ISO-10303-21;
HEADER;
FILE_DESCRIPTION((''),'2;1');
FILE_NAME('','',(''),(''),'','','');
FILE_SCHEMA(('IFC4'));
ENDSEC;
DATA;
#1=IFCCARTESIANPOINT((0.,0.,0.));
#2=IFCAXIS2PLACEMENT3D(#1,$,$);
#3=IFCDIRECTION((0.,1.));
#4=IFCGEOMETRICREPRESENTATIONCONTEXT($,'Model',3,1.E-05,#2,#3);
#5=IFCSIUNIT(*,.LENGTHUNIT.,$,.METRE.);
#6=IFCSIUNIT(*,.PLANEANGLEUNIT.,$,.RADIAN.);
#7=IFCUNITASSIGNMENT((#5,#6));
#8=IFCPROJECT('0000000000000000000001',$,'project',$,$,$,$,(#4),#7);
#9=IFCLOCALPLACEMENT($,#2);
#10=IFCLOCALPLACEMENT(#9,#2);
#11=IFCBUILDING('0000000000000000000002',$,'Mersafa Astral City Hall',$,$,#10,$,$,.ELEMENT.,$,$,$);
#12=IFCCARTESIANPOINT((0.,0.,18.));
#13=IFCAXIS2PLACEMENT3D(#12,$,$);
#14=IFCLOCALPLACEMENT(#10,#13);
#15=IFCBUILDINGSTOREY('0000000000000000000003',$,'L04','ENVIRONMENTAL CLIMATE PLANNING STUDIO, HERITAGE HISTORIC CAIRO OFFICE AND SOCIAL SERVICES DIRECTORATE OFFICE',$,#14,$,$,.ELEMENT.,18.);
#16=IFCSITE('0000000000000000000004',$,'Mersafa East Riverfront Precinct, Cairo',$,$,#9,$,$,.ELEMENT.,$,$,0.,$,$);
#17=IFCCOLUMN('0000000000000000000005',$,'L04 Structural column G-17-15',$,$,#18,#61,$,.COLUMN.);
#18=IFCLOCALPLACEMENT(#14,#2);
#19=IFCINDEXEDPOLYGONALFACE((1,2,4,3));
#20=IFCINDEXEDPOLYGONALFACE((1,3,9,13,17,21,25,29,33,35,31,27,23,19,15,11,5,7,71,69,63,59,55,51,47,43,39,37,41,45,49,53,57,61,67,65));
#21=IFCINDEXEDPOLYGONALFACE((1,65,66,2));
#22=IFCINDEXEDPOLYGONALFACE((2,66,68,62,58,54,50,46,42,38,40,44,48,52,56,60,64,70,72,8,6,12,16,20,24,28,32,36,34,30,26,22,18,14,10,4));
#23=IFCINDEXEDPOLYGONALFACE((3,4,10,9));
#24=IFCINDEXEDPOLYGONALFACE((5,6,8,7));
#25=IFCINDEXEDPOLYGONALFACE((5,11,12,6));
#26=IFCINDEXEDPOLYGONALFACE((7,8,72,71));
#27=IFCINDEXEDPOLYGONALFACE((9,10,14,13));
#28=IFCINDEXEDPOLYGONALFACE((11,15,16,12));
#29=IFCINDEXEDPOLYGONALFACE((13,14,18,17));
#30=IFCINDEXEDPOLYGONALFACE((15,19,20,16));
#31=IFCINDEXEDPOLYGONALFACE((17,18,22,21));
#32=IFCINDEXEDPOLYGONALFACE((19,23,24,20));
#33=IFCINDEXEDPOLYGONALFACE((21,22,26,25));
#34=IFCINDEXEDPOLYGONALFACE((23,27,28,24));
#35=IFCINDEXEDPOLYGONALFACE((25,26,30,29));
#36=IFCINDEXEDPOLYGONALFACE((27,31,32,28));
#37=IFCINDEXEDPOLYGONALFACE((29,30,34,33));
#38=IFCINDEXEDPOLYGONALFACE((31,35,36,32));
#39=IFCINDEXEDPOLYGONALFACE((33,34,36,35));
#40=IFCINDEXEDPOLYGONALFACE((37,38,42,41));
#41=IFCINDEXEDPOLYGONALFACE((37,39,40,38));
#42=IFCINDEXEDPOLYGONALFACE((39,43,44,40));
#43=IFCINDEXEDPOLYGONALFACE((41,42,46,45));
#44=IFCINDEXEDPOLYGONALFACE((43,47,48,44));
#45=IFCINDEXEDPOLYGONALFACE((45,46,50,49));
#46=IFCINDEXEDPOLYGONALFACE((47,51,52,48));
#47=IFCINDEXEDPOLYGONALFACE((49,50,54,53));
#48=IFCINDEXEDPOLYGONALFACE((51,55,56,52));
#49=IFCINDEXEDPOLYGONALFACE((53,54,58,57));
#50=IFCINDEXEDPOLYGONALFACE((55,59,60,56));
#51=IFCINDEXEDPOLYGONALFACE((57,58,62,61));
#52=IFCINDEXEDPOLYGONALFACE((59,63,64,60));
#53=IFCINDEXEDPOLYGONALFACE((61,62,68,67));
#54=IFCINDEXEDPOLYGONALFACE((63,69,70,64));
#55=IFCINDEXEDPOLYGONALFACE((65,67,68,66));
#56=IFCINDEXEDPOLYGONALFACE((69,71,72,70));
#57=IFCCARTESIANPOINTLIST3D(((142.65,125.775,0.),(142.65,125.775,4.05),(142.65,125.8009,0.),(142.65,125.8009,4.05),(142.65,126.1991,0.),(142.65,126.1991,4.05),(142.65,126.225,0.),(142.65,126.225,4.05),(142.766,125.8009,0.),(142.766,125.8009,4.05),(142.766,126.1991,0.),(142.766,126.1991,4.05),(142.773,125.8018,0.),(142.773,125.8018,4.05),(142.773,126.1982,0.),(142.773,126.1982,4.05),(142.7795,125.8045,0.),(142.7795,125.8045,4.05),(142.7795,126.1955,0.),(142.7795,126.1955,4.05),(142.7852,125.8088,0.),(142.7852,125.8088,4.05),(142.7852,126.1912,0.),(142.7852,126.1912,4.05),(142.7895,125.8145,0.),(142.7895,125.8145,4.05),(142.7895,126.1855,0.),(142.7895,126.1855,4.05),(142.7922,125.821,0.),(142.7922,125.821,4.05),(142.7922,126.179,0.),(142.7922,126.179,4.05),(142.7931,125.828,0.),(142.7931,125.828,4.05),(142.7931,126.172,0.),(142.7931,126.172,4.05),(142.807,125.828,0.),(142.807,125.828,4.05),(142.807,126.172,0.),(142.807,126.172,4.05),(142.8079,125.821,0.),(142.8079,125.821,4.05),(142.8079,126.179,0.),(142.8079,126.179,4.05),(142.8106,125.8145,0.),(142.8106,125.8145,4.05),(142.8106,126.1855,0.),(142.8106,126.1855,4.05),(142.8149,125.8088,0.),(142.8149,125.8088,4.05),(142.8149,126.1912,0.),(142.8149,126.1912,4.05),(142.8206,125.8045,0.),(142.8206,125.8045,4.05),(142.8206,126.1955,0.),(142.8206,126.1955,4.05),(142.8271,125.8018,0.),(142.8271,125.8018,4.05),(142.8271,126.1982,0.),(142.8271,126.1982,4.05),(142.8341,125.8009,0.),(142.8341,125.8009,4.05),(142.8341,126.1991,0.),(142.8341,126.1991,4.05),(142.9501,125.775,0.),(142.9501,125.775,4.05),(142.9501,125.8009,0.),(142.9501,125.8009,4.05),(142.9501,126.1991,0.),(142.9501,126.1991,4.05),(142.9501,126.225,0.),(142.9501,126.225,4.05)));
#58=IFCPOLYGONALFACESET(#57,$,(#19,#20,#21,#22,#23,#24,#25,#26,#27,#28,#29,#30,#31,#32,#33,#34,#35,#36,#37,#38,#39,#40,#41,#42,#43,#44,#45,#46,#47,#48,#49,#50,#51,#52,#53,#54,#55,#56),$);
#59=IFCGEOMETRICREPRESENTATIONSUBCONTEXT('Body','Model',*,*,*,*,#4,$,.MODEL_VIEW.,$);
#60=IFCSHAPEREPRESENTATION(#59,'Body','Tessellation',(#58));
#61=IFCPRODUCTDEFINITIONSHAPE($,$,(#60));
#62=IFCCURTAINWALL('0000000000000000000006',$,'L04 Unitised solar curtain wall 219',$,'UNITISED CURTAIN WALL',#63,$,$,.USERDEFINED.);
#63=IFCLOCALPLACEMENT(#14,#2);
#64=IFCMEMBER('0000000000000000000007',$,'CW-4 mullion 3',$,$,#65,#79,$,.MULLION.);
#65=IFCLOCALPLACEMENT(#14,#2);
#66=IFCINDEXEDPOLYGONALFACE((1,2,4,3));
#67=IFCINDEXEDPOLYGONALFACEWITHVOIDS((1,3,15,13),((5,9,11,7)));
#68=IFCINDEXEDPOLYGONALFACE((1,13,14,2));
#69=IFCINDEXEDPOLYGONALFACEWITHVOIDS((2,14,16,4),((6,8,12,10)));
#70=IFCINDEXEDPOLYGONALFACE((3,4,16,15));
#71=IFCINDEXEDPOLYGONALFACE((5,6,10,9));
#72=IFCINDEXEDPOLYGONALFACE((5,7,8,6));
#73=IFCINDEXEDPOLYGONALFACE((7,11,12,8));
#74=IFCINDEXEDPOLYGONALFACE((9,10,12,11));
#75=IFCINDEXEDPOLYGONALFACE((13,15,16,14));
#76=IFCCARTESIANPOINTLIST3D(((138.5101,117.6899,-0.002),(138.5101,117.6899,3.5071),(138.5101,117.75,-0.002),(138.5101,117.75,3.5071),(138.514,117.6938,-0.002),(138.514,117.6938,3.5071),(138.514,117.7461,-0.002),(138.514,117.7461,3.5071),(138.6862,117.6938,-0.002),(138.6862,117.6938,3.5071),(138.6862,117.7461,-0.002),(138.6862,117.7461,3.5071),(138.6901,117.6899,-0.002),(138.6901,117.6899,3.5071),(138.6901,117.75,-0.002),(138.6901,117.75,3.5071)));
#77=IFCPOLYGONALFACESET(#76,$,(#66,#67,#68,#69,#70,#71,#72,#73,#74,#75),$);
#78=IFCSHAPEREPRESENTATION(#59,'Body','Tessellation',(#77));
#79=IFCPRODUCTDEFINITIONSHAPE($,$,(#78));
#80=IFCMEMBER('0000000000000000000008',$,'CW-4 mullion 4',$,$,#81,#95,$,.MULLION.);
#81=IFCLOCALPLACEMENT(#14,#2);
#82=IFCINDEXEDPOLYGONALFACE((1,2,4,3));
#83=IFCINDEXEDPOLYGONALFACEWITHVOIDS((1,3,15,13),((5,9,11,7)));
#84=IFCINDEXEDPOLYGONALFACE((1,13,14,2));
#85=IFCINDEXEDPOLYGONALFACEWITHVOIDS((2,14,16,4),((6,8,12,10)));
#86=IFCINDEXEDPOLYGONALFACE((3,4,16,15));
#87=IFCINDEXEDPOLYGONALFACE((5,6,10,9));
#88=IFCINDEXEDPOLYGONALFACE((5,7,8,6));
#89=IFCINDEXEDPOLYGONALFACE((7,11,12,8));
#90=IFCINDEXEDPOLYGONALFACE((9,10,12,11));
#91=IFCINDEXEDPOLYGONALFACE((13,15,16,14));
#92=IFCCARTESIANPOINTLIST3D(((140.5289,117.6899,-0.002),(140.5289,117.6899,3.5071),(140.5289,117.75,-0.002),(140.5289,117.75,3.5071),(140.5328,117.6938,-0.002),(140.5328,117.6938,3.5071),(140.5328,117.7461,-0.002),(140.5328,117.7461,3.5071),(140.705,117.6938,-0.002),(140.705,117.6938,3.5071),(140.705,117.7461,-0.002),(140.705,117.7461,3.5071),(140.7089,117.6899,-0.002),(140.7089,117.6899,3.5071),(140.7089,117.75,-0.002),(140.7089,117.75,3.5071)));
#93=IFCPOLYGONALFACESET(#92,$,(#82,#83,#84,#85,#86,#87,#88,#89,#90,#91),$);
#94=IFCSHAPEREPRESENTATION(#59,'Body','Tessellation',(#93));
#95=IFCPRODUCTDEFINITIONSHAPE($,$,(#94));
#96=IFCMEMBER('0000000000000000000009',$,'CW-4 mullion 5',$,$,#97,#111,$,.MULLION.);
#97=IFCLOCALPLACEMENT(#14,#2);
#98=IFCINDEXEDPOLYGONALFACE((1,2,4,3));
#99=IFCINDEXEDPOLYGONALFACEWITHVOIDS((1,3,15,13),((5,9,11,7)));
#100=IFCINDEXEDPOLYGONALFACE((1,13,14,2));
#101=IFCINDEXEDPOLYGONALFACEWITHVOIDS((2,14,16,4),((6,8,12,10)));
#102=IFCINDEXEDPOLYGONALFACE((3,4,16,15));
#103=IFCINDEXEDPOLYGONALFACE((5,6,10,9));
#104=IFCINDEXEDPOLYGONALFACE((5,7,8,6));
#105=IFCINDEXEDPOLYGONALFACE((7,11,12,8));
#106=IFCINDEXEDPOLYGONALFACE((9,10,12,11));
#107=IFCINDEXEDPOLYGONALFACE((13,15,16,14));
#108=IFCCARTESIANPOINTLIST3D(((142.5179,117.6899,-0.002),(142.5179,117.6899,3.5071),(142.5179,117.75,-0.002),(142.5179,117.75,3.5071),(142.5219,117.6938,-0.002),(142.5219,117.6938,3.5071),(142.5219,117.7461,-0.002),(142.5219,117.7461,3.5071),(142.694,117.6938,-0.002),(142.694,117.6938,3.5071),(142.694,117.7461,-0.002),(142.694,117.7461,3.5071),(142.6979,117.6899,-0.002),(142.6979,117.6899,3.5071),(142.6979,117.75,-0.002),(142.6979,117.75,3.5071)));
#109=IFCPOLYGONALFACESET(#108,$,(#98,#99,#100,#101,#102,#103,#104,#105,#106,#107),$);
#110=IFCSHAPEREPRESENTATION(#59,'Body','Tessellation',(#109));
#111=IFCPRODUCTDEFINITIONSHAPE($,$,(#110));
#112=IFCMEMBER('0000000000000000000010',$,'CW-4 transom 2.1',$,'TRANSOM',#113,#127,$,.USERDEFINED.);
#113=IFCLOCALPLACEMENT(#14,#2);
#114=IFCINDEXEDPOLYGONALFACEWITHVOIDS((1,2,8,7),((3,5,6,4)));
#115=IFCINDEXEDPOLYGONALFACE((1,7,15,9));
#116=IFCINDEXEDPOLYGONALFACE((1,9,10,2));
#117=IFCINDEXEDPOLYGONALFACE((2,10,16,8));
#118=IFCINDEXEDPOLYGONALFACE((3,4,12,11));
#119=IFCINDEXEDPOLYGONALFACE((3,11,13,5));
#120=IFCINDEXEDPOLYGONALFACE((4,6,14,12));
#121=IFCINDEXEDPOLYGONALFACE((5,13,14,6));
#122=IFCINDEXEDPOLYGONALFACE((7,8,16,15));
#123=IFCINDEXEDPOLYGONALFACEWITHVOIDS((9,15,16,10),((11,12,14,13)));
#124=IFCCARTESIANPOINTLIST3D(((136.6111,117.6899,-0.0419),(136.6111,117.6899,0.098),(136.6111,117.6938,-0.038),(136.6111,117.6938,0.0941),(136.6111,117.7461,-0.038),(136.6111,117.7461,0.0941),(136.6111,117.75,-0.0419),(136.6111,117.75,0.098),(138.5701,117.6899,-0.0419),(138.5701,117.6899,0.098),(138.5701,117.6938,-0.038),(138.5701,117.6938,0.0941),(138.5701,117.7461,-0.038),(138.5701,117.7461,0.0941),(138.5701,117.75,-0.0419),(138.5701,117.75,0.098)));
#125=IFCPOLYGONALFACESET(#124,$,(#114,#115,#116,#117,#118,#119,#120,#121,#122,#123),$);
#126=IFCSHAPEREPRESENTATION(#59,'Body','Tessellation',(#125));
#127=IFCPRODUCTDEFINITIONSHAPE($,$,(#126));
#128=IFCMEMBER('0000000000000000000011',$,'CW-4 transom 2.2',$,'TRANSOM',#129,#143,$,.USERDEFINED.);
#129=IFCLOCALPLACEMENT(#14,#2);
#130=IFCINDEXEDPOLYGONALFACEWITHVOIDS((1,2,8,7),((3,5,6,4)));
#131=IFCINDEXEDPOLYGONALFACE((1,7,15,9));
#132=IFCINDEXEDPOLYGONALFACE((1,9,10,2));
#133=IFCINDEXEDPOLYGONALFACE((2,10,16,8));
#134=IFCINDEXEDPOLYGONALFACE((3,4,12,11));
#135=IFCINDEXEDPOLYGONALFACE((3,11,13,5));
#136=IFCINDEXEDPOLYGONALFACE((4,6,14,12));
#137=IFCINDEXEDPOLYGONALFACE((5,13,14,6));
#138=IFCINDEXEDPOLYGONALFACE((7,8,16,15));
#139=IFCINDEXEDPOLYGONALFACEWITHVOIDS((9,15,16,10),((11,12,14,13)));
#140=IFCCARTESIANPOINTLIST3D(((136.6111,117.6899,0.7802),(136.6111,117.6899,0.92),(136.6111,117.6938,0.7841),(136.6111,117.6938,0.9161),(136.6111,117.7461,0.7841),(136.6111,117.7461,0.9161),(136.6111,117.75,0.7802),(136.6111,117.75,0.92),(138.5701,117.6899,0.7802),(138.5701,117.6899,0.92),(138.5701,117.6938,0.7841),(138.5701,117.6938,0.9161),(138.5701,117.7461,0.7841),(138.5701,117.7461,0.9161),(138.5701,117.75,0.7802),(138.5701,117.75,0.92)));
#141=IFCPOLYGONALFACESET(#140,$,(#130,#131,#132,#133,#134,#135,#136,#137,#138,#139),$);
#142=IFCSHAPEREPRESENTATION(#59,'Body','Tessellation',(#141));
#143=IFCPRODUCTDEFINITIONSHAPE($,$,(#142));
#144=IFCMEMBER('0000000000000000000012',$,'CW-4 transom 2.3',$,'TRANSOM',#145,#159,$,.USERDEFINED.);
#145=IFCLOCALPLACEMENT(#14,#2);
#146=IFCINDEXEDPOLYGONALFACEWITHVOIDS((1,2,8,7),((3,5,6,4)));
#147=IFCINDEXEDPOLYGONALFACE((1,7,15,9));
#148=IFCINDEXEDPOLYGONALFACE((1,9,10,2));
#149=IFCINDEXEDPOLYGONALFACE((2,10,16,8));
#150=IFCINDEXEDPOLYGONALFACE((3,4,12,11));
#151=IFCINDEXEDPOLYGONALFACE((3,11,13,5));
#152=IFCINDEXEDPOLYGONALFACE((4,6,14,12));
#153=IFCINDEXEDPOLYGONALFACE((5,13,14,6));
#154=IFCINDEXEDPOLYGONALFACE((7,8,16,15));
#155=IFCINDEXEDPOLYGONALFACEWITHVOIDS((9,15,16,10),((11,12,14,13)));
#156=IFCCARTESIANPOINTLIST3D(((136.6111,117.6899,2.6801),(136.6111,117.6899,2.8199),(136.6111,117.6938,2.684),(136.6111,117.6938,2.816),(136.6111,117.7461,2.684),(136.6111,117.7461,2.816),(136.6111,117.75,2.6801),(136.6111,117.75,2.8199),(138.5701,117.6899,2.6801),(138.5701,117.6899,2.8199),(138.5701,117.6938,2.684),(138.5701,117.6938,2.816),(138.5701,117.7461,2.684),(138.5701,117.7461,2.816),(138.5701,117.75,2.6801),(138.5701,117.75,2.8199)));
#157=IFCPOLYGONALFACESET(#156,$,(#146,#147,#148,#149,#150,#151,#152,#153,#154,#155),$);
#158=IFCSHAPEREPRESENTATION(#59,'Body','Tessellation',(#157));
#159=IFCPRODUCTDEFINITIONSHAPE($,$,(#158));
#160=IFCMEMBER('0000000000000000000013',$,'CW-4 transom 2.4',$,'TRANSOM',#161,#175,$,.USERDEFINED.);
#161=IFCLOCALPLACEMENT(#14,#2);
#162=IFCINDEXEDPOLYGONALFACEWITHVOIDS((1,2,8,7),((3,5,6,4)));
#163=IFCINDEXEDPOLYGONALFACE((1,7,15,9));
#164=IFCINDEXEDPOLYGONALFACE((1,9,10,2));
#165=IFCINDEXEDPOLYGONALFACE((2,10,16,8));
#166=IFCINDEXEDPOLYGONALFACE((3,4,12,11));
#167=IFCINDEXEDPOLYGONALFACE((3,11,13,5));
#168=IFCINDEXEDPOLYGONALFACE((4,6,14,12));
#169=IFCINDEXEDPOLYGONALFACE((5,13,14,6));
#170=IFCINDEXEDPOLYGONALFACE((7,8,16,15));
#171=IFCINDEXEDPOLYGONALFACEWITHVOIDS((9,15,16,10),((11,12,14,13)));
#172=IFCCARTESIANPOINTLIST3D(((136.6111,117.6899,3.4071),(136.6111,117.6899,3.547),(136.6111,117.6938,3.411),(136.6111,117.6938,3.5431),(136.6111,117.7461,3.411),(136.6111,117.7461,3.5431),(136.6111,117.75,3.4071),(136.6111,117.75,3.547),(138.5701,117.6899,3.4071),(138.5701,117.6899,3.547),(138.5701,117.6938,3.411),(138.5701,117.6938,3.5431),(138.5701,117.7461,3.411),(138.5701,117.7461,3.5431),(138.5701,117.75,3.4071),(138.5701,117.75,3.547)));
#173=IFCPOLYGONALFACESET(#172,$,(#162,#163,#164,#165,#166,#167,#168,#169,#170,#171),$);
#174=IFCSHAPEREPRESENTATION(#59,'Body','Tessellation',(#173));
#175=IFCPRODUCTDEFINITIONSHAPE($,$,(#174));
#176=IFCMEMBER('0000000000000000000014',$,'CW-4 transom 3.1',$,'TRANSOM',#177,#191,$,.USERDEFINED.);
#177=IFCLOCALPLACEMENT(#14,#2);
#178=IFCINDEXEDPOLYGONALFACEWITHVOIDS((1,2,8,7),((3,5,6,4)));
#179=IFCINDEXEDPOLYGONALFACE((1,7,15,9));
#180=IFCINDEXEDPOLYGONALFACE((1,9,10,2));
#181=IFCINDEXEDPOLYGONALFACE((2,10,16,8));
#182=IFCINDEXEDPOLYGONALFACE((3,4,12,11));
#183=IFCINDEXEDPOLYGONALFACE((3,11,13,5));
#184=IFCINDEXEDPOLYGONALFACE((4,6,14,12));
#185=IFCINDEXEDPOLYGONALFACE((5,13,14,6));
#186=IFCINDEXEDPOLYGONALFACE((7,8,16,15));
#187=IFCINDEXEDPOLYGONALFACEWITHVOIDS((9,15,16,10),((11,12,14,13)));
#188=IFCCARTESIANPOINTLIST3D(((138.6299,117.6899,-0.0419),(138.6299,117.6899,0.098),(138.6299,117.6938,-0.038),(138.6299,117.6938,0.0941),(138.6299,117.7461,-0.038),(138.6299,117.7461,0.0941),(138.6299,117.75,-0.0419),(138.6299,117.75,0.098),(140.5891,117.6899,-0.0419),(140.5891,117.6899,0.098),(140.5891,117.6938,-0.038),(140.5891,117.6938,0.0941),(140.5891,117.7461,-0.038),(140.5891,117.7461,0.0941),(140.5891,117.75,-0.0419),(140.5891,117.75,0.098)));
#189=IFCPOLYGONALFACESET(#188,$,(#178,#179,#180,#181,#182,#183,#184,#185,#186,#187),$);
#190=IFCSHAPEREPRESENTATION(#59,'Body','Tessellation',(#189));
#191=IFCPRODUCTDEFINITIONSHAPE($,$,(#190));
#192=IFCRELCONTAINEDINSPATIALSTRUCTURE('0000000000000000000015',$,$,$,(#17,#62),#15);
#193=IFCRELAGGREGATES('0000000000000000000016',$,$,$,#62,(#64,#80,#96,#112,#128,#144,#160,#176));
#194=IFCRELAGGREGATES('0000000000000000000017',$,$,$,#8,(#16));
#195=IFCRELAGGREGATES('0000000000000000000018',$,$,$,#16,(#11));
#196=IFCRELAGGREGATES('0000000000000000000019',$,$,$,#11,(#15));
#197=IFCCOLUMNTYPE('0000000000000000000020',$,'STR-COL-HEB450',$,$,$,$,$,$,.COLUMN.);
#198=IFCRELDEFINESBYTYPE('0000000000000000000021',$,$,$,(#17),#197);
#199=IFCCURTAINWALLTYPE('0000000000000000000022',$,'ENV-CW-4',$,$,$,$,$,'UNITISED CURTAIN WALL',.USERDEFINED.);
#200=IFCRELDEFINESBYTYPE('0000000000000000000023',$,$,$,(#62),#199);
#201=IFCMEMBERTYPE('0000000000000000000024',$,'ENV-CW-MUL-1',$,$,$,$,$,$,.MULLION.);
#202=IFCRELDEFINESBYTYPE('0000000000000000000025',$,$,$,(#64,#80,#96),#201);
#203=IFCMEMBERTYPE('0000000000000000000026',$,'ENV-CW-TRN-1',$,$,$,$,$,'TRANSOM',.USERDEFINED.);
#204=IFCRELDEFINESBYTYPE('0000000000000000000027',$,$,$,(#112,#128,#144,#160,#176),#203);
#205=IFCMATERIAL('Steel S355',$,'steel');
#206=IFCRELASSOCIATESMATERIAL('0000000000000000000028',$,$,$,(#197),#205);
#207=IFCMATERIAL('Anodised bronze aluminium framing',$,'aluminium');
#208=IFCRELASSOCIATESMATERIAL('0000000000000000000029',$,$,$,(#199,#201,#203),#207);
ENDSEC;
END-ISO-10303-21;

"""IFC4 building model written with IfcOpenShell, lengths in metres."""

from ifc_helpers import new_model, si_unit, direction, frame, origin, origin_2d, place, context, subcontext, project, spatial, hollow_rectangle, i_section, extrude, material, material_profile, profile_set, type_object, element, aggregate, save


model = new_model("IFC4")

# Units and contexts
model_context = context("Model", 3, precision=1e-05, world=origin(), true_north=direction((0.0, 1.0)))
body_context = subcontext(model_context, "Body", "Model", "MODEL_VIEW")
ifc_project = project(units=[si_unit("LENGTHUNIT", "METRE"), si_unit("PLANEANGLEUNIT", "RADIAN")], contexts=[model_context])

# Site, building, storey
site_placement = place(None, origin())
site = spatial("IfcSite", under=ifc_project, at=site_placement, Name="Mersafa East Riverfront Precinct, Cairo", CompositionType="ELEMENT", RefElevation=0.0)
building_placement = place(site_placement, origin())
building = spatial("IfcBuilding", under=site, at=building_placement, Name="Mersafa Astral City Hall", CompositionType="ELEMENT")
storey_placement = place(building_placement, frame((0.0, 0.0, 18.0)))
storey = spatial("IfcBuildingStorey", under=building, at=storey_placement, Name="L04", Description="ENVIRONMENTAL CLIMATE PLANNING STUDIO, HERITAGE HISTORIC CAIRO OFFICE AND SOCIAL SERVICES DIRECTORATE OFFICE", CompositionType="ELEMENT", Elevation=18.0)

# Column
ifc_material_1 = material(Name="Steel S355", Category="steel")
ifc_material_profile_1 = material_profile(ifc_material_1, i_section(OverallWidth=0.3, OverallDepth=0.45, WebThickness=0.0139, FlangeThickness=0.0259, FilletRadius=0.0271, at=origin_2d()), Name="HEB 450")
ifc_profile_set_1 = profile_set([ifc_material_profile_1], Name="Steel S355")
column_type = type_object("IfcColumnType", Name="STR-COL-HEB450", PredefinedType="COLUMN", material=ifc_profile_set_1)
column_placement = place(storey_placement, frame((142.8, 126.0, 0.0), z_axis=(0.0, 0.0, 1.0), x_axis=(1.0, 0.0, 0.0)))
element("IfcColumn", 1, at=column_placement, inside=storey, type_object=column_type, Name="L04 Structural column G-17-15", PredefinedType="COLUMN", context=body_context, shape_type="SweptSolid", body=[
    extrude(i_section(OverallWidth=0.3, OverallDepth=0.45, WebThickness=0.0139, FlangeThickness=0.0259, FilletRadius=0.0271, at=origin_2d()), origin(), (0.0, 0.0, 1.0), 4.05),
])

# Curtain wall, members
ifc_material_2 = material(Name="Anodised bronze aluminium framing", Category="aluminium")
curtain_wall_type = type_object("IfcCurtainWallType", Name="ENV-CW-4", ElementType="UNITISED CURTAIN WALL", PredefinedType="USERDEFINED", material=ifc_material_2)
curtain_wall_placement = place(storey_placement, origin())
curtain_wall = element("IfcCurtainWall", 2, at=curtain_wall_placement, inside=storey, type_object=curtain_wall_type, Name="L04 Unitised solar curtain wall 219", ObjectType="UNITISED CURTAIN WALL", PredefinedType="USERDEFINED")
ifc_material_profile_2 = material_profile(ifc_material_2, hollow_rectangle(XDim=0.0601, YDim=0.1799, WallThickness=0.0039, at=origin_2d()), Name="RHS 60x180x4")
ifc_profile_set_2 = profile_set([ifc_material_profile_2], Name="Anodised bronze aluminium framing")
member_type_1 = type_object("IfcMemberType", Name="ENV-CW-MUL-1", PredefinedType="MULLION", material=ifc_profile_set_2)
member_1_placement = place(storey_placement, frame((138.6001, 117.72, -0.002), z_axis=(0.0, 0.0, 1.0), x_axis=(0.0, 1.0, 0.0)))
member_1 = element("IfcMember", 3, at=member_1_placement, type_object=member_type_1, Name="CW-4 mullion 3", PredefinedType="MULLION", context=body_context, shape_type="SweptSolid", body=[
    extrude(hollow_rectangle(XDim=0.0601, YDim=0.1799, WallThickness=0.0039, at=origin_2d()), origin(), (0.0, 0.0, 1.0), 3.509),
])
member_2_placement = place(storey_placement, frame((140.6189, 117.72, -0.002), z_axis=(0.0, 0.0, 1.0), x_axis=(0.0, 1.0, 0.0)))
member_2 = element("IfcMember", 4, at=member_2_placement, type_object=member_type_1, Name="CW-4 mullion 4", PredefinedType="MULLION", context=body_context, shape_type="SweptSolid", body=[
    extrude(hollow_rectangle(XDim=0.0601, YDim=0.1799, WallThickness=0.0039, at=origin_2d()), origin(), (0.0, 0.0, 1.0), 3.509),
])
member_3_placement = place(storey_placement, frame((142.6079, 117.72, -0.002), z_axis=(0.0, 0.0, 1.0), x_axis=(0.0, 1.0, 0.0)))
member_3 = element("IfcMember", 5, at=member_3_placement, type_object=member_type_1, Name="CW-4 mullion 5", PredefinedType="MULLION", context=body_context, shape_type="SweptSolid", body=[
    extrude(hollow_rectangle(XDim=0.0601, YDim=0.1799, WallThickness=0.0039, at=origin_2d()), origin(), (0.0, 0.0, 1.0), 3.509),
])
ifc_material_profile_3 = material_profile(ifc_material_2, hollow_rectangle(XDim=0.0601, YDim=0.1399, WallThickness=0.0039, at=origin_2d()), Name="RHS 60x140x4")
ifc_profile_set_3 = profile_set([ifc_material_profile_3], Name="Anodised bronze aluminium framing")
member_type_2 = type_object("IfcMemberType", Name="ENV-CW-TRN-1", ElementType="TRANSOM", PredefinedType="USERDEFINED", material=ifc_profile_set_3)
member_4_placement = place(storey_placement, frame((136.6111, 117.72, 0.0281), z_axis=(1.0, 0.0, 0.0), x_axis=(0.0, 1.0, 0.0)))
member_4 = element("IfcMember", 6, at=member_4_placement, type_object=member_type_2, Name="CW-4 transom 2.1", ObjectType="TRANSOM", PredefinedType="USERDEFINED", context=body_context, shape_type="SweptSolid", body=[
    extrude(hollow_rectangle(XDim=0.0601, YDim=0.1399, WallThickness=0.0039, at=origin_2d()), origin(), (0.0, 0.0, 1.0), 1.959),
])
member_5_placement = place(storey_placement, frame((136.6111, 117.72, 0.8501), z_axis=(1.0, 0.0, 0.0), x_axis=(0.0, 1.0, 0.0)))
member_5 = element("IfcMember", 7, at=member_5_placement, type_object=member_type_2, Name="CW-4 transom 2.2", ObjectType="TRANSOM", PredefinedType="USERDEFINED", context=body_context, shape_type="SweptSolid", body=[
    extrude(hollow_rectangle(XDim=0.0601, YDim=0.1399, WallThickness=0.0039, at=origin_2d()), origin(), (0.0, 0.0, 1.0), 1.959),
])
member_6_placement = place(storey_placement, frame((136.6111, 117.72, 2.75), z_axis=(1.0, 0.0, 0.0), x_axis=(0.0, 1.0, 0.0)))
member_6 = element("IfcMember", 8, at=member_6_placement, type_object=member_type_2, Name="CW-4 transom 2.3", ObjectType="TRANSOM", PredefinedType="USERDEFINED", context=body_context, shape_type="SweptSolid", body=[
    extrude(hollow_rectangle(XDim=0.0601, YDim=0.1399, WallThickness=0.0039, at=origin_2d()), origin(), (0.0, 0.0, 1.0), 1.959),
])
member_7_placement = place(storey_placement, frame((136.6111, 117.72, 3.4771), z_axis=(1.0, 0.0, 0.0), x_axis=(0.0, 1.0, 0.0)))
member_7 = element("IfcMember", 9, at=member_7_placement, type_object=member_type_2, Name="CW-4 transom 2.4", ObjectType="TRANSOM", PredefinedType="USERDEFINED", context=body_context, shape_type="SweptSolid", body=[
    extrude(hollow_rectangle(XDim=0.0601, YDim=0.1399, WallThickness=0.0039, at=origin_2d()), origin(), (0.0, 0.0, 1.0), 1.959),
])
member_8_placement = place(storey_placement, frame((138.6299, 117.72, 0.0281), z_axis=(1.0, 0.0, 0.0), x_axis=(0.0, 1.0, 0.0)))
member_8 = element("IfcMember", 10, at=member_8_placement, type_object=member_type_2, Name="CW-4 transom 3.1", ObjectType="TRANSOM", PredefinedType="USERDEFINED", context=body_context, shape_type="SweptSolid", body=[
    extrude(hollow_rectangle(XDim=0.0601, YDim=0.1399, WallThickness=0.0039, at=origin_2d()), origin(), (0.0, 0.0, 1.0), 1.9592),
])

aggregate(curtain_wall, [member_1, member_2, member_3, member_4, member_5, member_6, member_7, member_8])

save(model, "model.ifc")
